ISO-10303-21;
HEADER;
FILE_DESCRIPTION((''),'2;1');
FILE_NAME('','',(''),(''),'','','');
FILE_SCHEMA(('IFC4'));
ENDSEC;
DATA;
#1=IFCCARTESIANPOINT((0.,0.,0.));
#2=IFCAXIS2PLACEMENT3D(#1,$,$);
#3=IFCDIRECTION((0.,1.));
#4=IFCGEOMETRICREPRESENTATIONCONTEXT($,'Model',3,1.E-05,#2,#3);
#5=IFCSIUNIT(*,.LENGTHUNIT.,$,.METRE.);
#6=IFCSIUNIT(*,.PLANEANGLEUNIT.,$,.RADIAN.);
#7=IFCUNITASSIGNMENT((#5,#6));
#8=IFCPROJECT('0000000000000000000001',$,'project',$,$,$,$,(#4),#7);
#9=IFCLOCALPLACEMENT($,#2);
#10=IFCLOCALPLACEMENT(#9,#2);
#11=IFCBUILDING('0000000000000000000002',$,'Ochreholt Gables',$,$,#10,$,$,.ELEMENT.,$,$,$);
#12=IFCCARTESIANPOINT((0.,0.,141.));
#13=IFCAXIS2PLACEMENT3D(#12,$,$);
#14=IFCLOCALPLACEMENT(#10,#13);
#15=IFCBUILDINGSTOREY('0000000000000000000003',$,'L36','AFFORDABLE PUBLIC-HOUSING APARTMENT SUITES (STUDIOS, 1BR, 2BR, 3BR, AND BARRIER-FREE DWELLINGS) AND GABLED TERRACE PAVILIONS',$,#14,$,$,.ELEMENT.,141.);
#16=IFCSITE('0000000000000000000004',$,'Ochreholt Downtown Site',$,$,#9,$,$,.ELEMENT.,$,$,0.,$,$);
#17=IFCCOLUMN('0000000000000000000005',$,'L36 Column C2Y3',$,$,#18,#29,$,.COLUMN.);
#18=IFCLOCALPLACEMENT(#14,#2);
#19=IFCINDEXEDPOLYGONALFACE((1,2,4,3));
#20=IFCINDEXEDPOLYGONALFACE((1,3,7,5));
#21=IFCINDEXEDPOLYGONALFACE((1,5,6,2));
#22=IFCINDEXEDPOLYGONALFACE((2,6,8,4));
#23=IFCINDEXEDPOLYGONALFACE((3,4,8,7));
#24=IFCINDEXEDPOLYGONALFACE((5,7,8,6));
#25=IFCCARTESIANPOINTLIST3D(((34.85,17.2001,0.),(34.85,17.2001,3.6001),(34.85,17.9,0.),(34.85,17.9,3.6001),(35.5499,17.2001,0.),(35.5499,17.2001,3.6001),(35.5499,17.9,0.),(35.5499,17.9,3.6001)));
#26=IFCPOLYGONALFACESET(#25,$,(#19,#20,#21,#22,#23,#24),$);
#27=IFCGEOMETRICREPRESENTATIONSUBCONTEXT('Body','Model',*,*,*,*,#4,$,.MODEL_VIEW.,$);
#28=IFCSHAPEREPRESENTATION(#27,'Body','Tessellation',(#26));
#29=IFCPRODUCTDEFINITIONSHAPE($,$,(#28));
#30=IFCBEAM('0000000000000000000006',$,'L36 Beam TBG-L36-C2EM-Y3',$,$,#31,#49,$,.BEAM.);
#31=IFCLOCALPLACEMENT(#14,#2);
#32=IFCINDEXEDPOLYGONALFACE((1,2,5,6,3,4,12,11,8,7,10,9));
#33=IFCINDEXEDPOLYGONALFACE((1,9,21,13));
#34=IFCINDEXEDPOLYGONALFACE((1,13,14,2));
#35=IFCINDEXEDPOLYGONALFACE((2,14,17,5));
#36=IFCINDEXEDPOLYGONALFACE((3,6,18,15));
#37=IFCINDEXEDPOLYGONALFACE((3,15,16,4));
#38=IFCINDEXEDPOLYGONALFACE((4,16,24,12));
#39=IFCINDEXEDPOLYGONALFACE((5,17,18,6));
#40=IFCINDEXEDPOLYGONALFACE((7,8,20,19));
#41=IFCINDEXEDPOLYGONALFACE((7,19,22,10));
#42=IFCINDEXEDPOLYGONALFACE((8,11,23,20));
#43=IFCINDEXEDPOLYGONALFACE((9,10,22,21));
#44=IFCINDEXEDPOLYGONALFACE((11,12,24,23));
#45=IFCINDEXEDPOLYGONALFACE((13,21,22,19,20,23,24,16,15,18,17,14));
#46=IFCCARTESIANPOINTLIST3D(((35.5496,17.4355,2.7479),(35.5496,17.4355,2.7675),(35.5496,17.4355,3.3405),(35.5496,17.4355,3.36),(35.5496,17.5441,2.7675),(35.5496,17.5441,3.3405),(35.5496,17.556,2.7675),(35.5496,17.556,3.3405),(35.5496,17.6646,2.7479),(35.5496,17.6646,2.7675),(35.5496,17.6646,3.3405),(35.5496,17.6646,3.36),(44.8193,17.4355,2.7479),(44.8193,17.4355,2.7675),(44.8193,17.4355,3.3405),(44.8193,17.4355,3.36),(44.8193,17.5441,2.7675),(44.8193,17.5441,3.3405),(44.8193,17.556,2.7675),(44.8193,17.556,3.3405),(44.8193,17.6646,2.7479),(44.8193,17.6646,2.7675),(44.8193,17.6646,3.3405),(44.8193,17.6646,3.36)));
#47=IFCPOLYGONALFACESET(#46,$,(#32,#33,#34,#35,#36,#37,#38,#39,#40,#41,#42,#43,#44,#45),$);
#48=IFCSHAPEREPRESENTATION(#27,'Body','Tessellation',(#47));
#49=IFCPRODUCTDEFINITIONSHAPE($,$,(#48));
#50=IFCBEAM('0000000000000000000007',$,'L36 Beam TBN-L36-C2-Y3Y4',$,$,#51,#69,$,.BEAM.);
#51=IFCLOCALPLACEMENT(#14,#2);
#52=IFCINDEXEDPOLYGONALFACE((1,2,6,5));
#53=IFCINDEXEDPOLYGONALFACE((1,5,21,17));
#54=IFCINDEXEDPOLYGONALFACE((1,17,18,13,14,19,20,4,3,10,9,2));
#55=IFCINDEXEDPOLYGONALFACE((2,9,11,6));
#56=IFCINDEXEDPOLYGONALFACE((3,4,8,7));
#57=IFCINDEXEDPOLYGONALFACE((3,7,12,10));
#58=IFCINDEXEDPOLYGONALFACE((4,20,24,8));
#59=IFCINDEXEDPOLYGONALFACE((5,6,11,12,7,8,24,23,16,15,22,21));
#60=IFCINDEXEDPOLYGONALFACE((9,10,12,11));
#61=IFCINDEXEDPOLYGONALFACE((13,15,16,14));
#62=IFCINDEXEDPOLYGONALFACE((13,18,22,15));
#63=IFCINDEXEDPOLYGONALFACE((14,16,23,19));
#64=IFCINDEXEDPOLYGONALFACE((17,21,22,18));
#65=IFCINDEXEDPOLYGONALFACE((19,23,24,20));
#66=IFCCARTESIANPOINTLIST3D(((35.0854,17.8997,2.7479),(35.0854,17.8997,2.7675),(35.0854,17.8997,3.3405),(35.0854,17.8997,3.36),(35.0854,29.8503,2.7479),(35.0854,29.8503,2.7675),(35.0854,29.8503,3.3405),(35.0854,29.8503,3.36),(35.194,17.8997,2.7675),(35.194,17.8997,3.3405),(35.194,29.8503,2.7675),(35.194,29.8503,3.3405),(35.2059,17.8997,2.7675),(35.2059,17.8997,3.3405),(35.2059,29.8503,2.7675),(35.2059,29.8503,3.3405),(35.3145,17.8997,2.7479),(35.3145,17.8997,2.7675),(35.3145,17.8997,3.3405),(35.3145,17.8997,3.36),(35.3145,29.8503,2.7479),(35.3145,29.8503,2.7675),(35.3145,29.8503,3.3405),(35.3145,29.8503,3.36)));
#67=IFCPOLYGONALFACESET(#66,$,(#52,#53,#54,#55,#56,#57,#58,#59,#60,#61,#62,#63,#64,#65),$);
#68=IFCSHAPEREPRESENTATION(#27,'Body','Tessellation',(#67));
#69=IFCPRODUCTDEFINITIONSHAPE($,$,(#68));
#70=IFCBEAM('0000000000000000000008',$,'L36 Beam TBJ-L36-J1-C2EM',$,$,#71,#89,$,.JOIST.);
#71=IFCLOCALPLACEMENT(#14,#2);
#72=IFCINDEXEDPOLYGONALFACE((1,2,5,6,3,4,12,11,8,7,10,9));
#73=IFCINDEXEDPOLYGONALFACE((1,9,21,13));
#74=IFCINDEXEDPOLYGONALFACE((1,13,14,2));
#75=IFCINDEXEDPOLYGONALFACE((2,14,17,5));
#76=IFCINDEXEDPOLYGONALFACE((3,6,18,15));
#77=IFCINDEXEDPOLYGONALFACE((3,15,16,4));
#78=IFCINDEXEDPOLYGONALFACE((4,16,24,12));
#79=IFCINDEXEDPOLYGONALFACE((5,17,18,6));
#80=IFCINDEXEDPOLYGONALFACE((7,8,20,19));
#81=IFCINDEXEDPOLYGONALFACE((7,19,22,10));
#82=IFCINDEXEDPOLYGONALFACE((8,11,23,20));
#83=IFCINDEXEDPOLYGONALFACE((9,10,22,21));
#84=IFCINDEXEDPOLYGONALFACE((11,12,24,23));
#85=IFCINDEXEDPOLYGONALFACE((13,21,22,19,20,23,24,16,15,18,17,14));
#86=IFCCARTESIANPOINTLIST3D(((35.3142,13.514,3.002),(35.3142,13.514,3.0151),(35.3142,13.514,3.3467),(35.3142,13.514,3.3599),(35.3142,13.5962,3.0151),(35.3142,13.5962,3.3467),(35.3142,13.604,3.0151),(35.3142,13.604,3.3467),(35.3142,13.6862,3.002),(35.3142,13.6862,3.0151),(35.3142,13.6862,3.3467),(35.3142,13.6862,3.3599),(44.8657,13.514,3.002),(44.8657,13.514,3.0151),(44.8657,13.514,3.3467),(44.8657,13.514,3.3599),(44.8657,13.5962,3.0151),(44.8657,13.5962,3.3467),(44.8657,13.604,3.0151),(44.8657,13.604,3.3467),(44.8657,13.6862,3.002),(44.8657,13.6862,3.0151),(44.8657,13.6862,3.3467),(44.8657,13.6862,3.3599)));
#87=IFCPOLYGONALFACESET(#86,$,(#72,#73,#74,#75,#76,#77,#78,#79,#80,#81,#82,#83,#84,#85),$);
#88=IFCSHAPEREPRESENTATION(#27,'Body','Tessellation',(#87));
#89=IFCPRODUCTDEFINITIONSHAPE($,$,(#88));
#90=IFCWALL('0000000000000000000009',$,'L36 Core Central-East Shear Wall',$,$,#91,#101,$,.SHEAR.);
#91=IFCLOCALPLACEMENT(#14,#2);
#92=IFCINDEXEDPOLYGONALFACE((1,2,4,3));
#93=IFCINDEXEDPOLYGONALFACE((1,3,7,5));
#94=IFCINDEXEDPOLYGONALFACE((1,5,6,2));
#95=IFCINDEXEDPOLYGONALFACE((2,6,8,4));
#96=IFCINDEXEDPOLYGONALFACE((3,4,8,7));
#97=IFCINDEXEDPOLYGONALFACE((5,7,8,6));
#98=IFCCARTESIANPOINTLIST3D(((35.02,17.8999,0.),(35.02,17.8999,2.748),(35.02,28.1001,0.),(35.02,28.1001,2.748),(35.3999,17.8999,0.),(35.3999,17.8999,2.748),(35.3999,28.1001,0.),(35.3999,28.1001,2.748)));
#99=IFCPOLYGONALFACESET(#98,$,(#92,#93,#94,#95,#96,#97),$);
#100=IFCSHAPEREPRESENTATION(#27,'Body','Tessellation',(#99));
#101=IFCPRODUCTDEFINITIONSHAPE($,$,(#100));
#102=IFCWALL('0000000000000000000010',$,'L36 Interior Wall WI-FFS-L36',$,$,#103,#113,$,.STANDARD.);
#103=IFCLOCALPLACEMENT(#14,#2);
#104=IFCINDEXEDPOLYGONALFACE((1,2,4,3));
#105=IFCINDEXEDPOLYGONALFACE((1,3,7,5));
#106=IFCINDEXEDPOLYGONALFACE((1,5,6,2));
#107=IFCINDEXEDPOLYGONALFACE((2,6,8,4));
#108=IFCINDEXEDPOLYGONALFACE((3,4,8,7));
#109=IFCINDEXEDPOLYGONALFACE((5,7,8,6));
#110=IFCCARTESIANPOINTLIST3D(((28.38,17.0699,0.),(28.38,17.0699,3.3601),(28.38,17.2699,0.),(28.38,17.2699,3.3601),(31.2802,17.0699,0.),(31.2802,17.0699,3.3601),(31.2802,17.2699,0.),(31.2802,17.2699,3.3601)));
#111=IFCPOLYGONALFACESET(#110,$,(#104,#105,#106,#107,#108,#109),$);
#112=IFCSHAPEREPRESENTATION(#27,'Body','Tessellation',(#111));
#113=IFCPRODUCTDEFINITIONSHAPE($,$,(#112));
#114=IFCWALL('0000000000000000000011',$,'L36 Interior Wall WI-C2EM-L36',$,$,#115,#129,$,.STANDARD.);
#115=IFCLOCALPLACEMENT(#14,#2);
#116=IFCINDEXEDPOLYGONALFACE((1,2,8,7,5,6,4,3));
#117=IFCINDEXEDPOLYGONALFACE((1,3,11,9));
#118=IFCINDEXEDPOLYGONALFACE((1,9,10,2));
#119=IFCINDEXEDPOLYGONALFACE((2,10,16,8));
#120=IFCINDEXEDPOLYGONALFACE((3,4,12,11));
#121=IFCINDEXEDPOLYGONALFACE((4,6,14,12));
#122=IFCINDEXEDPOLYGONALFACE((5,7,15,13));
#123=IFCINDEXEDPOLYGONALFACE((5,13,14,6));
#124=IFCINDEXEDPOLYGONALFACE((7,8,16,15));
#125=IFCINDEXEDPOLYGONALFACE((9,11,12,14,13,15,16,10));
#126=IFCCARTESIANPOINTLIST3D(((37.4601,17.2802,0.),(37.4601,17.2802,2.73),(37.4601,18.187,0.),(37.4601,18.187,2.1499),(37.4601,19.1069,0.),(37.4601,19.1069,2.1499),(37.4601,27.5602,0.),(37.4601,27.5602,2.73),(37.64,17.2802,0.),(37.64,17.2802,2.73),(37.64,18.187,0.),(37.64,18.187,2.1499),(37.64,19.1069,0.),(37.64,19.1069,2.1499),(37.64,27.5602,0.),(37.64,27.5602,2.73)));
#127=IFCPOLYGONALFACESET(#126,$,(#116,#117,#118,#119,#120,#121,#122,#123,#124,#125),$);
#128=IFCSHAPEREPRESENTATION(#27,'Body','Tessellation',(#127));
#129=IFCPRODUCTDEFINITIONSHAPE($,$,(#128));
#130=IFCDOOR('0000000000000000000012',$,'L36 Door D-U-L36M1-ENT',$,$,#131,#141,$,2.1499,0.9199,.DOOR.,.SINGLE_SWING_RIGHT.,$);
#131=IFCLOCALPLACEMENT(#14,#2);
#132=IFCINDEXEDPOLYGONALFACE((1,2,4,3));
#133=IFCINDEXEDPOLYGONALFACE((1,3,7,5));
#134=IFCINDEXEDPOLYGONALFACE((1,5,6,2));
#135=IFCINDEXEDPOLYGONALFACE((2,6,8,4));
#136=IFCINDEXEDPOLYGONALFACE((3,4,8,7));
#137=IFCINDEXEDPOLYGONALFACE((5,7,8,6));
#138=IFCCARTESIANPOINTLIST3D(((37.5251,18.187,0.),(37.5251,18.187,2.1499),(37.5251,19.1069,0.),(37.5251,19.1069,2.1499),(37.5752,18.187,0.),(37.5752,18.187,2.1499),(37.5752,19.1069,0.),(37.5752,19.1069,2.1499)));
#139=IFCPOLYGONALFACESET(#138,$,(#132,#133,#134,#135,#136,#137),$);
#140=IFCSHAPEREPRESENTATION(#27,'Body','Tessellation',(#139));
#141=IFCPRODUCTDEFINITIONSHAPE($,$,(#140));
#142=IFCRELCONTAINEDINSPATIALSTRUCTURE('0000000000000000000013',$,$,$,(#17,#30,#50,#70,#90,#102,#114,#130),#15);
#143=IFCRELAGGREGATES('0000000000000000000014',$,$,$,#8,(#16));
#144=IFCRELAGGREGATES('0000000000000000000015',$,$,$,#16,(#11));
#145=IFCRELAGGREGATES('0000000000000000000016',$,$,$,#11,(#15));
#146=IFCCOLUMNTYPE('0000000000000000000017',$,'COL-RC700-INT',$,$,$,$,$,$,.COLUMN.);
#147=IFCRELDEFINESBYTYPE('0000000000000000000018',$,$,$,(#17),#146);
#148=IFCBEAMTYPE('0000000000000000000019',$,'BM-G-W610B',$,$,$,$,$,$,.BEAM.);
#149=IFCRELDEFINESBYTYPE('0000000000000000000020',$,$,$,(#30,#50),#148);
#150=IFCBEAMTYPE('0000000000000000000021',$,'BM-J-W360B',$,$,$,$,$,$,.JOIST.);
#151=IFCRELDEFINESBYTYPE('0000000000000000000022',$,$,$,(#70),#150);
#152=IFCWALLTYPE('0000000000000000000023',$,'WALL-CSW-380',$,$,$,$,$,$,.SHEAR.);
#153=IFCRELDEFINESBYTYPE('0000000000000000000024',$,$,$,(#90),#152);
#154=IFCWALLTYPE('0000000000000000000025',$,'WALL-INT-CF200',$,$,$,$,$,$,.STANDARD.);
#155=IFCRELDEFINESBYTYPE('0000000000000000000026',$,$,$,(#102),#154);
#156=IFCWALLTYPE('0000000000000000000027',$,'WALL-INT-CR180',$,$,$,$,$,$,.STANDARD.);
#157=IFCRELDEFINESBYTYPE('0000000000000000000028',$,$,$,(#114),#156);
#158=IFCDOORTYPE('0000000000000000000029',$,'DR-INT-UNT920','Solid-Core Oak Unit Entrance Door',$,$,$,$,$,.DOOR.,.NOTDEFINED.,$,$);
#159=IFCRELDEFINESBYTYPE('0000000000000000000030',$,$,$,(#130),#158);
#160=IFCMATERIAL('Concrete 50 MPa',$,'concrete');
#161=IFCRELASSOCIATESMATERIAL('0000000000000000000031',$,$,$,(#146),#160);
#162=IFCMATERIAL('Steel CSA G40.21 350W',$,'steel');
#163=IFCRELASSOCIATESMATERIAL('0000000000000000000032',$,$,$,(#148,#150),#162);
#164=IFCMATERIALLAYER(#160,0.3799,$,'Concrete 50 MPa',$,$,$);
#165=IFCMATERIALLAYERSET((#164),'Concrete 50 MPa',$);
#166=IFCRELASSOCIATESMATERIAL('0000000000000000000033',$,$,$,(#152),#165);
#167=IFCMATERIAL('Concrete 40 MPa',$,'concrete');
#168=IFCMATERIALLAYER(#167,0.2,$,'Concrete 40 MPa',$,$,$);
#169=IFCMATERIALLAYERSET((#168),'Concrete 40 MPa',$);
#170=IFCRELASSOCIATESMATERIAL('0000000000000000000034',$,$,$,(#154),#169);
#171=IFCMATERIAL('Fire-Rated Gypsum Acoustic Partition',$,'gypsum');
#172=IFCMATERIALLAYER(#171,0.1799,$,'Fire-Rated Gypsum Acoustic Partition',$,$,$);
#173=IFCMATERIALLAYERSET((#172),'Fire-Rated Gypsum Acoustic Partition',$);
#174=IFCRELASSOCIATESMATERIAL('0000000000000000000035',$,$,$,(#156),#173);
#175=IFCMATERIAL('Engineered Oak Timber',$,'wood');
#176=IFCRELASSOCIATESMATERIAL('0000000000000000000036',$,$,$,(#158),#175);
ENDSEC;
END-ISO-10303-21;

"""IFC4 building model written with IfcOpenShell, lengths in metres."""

from ifc_helpers import new_model, si_unit, direction, frame, frame_2d, origin, origin_2d, place, context, subcontext, project, spatial, rectangle, i_section, extrude, material, layer, layer_set, material_profile, profile_set, type_object, element, fill, save


model = new_model("IFC4")

# Units and contexts
model_context = context("Model", 3, precision=1e-05, world=origin(), true_north=direction((0.0, 1.0)))
body_context = subcontext(model_context, "Body", "Model", "MODEL_VIEW")
ifc_project = project(units=[si_unit("LENGTHUNIT", "METRE"), si_unit("PLANEANGLEUNIT", "RADIAN")], contexts=[model_context])

# Site, building, storey
site_placement = place(None, origin())
site = spatial("IfcSite", under=ifc_project, at=site_placement, Name="Ochreholt Downtown Site", CompositionType="ELEMENT", RefElevation=0.0)
building_placement = place(site_placement, origin())
building = spatial("IfcBuilding", under=site, at=building_placement, Name="Ochreholt Gables", CompositionType="ELEMENT")
storey_placement = place(building_placement, frame((0.0, 0.0, 141.0)))
storey = spatial("IfcBuildingStorey", under=building, at=storey_placement, Name="L36", Description="AFFORDABLE PUBLIC-HOUSING APARTMENT SUITES (STUDIOS, 1BR, 2BR, 3BR, AND BARRIER-FREE DWELLINGS) AND GABLED TERRACE PAVILIONS", CompositionType="ELEMENT", Elevation=141.0)

# Column
ifc_material_1 = material(Name="Concrete 50 MPa", Category="concrete")
ifc_material_profile_1 = material_profile(ifc_material_1, rectangle(XDim=0.7, YDim=0.7, at=origin_2d()), Name="RC700X700")
ifc_profile_set_1 = profile_set([ifc_material_profile_1], Name="Concrete 50 MPa")
column_type = type_object("IfcColumnType", Name="COL-RC700-INT", PredefinedType="COLUMN", material=ifc_profile_set_1)
column_placement = place(storey_placement, frame((35.2, 17.55, 0.0), z_axis=(0.0, 0.0, 1.0), x_axis=(1.0, 0.0, 0.0)))
element("IfcColumn", 1, at=column_placement, inside=storey, type_object=column_type, Name="L36 Column C2Y3", PredefinedType="COLUMN", context=body_context, shape_type="SweptSolid", body=[
    extrude(rectangle(XDim=0.7, YDim=0.7, at=origin_2d()), origin(), (0.0, 0.0, 1.0), 3.6001),
])

# Beams
ifc_material_2 = material(Name="Steel CSA G40.21 350W", Category="steel")
ifc_material_profile_2 = material_profile(ifc_material_2, i_section(OverallWidth=0.229, OverallDepth=0.6121, WebThickness=0.012, FlangeThickness=0.0195, at=origin_2d()), Name="W610X125")
ifc_profile_set_2 = profile_set([ifc_material_profile_2], Name="Steel CSA G40.21 350W")
beam_type_1 = type_object("IfcBeamType", Name="BM-G-W610B", PredefinedType="BEAM", material=ifc_profile_set_2)
beam_1_placement = place(storey_placement, frame((35.5496, 17.55, 3.054), z_axis=(1.0, 0.0, 0.0), x_axis=(0.0, 1.0, 0.0)))
element("IfcBeam", 2, at=beam_1_placement, inside=storey, type_object=beam_type_1, Name="L36 Beam TBG-L36-C2EM-Y3", PredefinedType="BEAM", context=body_context, shape_type="SweptSolid", body=[
    extrude(i_section(OverallWidth=0.229, OverallDepth=0.6121, WebThickness=0.012, FlangeThickness=0.0195, at=origin_2d()), origin(), (0.0, 0.0, 1.0), 9.2698),
])
beam_2_placement = place(storey_placement, frame((35.2, 17.8997, 3.054), z_axis=(0.0, 1.0, 0.0), x_axis=(-1.0, 0.0, 0.0)))
element("IfcBeam", 3, at=beam_2_placement, inside=storey, type_object=beam_type_1, Name="L36 Beam TBN-L36-C2-Y3Y4", PredefinedType="BEAM", context=body_context, shape_type="SweptSolid", body=[
    extrude(i_section(OverallWidth=0.229, OverallDepth=0.6121, WebThickness=0.012, FlangeThickness=0.0195, at=origin_2d()), origin(), (0.0, 0.0, 1.0), 11.9507),
])
ifc_material_profile_3 = material_profile(ifc_material_2, i_section(OverallWidth=0.1721, OverallDepth=0.3579, WebThickness=0.0078, FlangeThickness=0.0132, at=origin_2d()), Name="W360X57")
ifc_profile_set_3 = profile_set([ifc_material_profile_3], Name="Steel CSA G40.21 350W")
beam_type_2 = type_object("IfcBeamType", Name="BM-J-W360B", PredefinedType="JOIST", material=ifc_profile_set_3)
beam_3_placement = place(storey_placement, frame((35.3142, 13.6001, 3.1809), z_axis=(1.0, 0.0, 0.0), x_axis=(0.0, 1.0, 0.0)))
element("IfcBeam", 4, at=beam_3_placement, inside=storey, type_object=beam_type_2, Name="L36 Beam TBJ-L36-J1-C2EM", PredefinedType="JOIST", context=body_context, shape_type="SweptSolid", body=[
    extrude(i_section(OverallWidth=0.1721, OverallDepth=0.3579, WebThickness=0.0078, FlangeThickness=0.0132, at=origin_2d()), origin(), (0.0, 0.0, 1.0), 9.5515),
])

# Walls
ifc_layer_1 = layer(ifc_material_1, 0.3799, Name="Concrete 50 MPa")
ifc_layer_set_1 = layer_set([ifc_layer_1], Name="Concrete 50 MPa")
wall_type_1 = type_object("IfcWallType", Name="WALL-CSW-380", PredefinedType="SHEAR", material=ifc_layer_set_1)
wall_1_placement = place(storey_placement, frame((35.21, 17.8999, 0.0), z_axis=(0.0, 0.0, 1.0), x_axis=(0.0, 1.0, 0.0)))
element("IfcWall", 5, at=wall_1_placement, inside=storey, type_object=wall_type_1, Name="L36 Core Central-East Shear Wall", PredefinedType="SHEAR", context=body_context, shape_type="SweptSolid", body=[
    extrude(rectangle(XDim=10.2002, YDim=0.3799, at=frame_2d((5.1001, 0.0))), origin(), (0.0, 0.0, 1.0), 2.748),
])
ifc_material_3 = material(Name="Concrete 40 MPa", Category="concrete")
ifc_layer_2 = layer(ifc_material_3, 0.2, Name="Concrete 40 MPa")
ifc_layer_set_2 = layer_set([ifc_layer_2], Name="Concrete 40 MPa")
wall_type_2 = type_object("IfcWallType", Name="WALL-INT-CF200", PredefinedType="STANDARD", material=ifc_layer_set_2)
wall_2_placement = place(storey_placement, frame((28.3799, 17.1699, 0.0), z_axis=(0.0, 0.0, 1.0), x_axis=(1.0, 0.0, 0.0)))
element("IfcWall", 6, at=wall_2_placement, inside=storey, type_object=wall_type_2, Name="L36 Interior Wall WI-FFS-L36", PredefinedType="STANDARD", context=body_context, shape_type="SweptSolid", body=[
    extrude(rectangle(XDim=2.9001, YDim=0.2, at=frame_2d((1.4502, 0.0))), origin(), (0.0, 0.0, 1.0), 3.3601),
])

# Wall, opening, door
ifc_material_4 = material(Name="Fire-Rated Gypsum Acoustic Partition", Category="gypsum")
ifc_layer_3 = layer(ifc_material_4, 0.1799, Name="Fire-Rated Gypsum Acoustic Partition")
ifc_layer_set_3 = layer_set([ifc_layer_3], Name="Fire-Rated Gypsum Acoustic Partition")
wall_type_3 = type_object("IfcWallType", Name="WALL-INT-CR180", PredefinedType="STANDARD", material=ifc_layer_set_3)
wall_3_placement = place(storey_placement, frame((37.55, 17.28, 0.0), z_axis=(0.0, 0.0, 1.0), x_axis=(0.0, 1.0, 0.0)))
wall_3 = element("IfcWall", 7, at=wall_3_placement, inside=storey, type_object=wall_type_3, Name="L36 Interior Wall WI-C2EM-L36", PredefinedType="STANDARD", context=body_context, shape_type="SweptSolid", body=[
    extrude(rectangle(XDim=10.28, YDim=0.1799, at=frame_2d((5.1401, 0.0))), origin(), (0.0, 0.0, 1.0), 2.73),
])
opening_1_placement = place(wall_3_placement, frame((0.907, 0.0, 0.0)))
opening_1 = element("IfcOpeningElement", 8, at=opening_1_placement, cuts=wall_3, PredefinedType="OPENING", context=body_context, shape_type="SweptSolid", body=[
    extrude(rectangle(XDim=0.9199, YDim=2.1499, at=frame_2d((0.46, 1.075))), frame((0.0, 0.0999, 0.0), z_axis=(0.0, -1.0, 0.0), x_axis=(1.0, 0.0, 0.0)), (0.0, 0.0, 1.0), 0.2),
])
ifc_material_5 = material(Name="Engineered Oak Timber", Category="wood")
door_type_1 = type_object("IfcDoorType", Name="DR-INT-UNT920", Description="Solid-Core Oak Unit Entrance Door", OperationType="NOTDEFINED", PredefinedType="DOOR", material=ifc_material_5)
door_1_placement = place(opening_1_placement, origin())
door_1 = element("IfcDoor", 9, at=door_1_placement, inside=storey, type_object=door_type_1, Name="L36 Door D-U-L36M1-ENT", OperationType="SINGLE_SWING_RIGHT", OverallHeight=2.1499, OverallWidth=0.9199, PredefinedType="DOOR", context=body_context, shape_type="SweptSolid", body=[
    extrude(rectangle(XDim=0.9199, YDim=2.1499, at=frame_2d((0.46, 1.075))), frame((0.0, 0.0249, 0.0), z_axis=(0.0, -1.0, 0.0), x_axis=(1.0, 0.0, 0.0)), (0.0, 0.0, 1.0), 0.05),
])
fill(opening_1, door_1)

save(model, "model.ifc")
